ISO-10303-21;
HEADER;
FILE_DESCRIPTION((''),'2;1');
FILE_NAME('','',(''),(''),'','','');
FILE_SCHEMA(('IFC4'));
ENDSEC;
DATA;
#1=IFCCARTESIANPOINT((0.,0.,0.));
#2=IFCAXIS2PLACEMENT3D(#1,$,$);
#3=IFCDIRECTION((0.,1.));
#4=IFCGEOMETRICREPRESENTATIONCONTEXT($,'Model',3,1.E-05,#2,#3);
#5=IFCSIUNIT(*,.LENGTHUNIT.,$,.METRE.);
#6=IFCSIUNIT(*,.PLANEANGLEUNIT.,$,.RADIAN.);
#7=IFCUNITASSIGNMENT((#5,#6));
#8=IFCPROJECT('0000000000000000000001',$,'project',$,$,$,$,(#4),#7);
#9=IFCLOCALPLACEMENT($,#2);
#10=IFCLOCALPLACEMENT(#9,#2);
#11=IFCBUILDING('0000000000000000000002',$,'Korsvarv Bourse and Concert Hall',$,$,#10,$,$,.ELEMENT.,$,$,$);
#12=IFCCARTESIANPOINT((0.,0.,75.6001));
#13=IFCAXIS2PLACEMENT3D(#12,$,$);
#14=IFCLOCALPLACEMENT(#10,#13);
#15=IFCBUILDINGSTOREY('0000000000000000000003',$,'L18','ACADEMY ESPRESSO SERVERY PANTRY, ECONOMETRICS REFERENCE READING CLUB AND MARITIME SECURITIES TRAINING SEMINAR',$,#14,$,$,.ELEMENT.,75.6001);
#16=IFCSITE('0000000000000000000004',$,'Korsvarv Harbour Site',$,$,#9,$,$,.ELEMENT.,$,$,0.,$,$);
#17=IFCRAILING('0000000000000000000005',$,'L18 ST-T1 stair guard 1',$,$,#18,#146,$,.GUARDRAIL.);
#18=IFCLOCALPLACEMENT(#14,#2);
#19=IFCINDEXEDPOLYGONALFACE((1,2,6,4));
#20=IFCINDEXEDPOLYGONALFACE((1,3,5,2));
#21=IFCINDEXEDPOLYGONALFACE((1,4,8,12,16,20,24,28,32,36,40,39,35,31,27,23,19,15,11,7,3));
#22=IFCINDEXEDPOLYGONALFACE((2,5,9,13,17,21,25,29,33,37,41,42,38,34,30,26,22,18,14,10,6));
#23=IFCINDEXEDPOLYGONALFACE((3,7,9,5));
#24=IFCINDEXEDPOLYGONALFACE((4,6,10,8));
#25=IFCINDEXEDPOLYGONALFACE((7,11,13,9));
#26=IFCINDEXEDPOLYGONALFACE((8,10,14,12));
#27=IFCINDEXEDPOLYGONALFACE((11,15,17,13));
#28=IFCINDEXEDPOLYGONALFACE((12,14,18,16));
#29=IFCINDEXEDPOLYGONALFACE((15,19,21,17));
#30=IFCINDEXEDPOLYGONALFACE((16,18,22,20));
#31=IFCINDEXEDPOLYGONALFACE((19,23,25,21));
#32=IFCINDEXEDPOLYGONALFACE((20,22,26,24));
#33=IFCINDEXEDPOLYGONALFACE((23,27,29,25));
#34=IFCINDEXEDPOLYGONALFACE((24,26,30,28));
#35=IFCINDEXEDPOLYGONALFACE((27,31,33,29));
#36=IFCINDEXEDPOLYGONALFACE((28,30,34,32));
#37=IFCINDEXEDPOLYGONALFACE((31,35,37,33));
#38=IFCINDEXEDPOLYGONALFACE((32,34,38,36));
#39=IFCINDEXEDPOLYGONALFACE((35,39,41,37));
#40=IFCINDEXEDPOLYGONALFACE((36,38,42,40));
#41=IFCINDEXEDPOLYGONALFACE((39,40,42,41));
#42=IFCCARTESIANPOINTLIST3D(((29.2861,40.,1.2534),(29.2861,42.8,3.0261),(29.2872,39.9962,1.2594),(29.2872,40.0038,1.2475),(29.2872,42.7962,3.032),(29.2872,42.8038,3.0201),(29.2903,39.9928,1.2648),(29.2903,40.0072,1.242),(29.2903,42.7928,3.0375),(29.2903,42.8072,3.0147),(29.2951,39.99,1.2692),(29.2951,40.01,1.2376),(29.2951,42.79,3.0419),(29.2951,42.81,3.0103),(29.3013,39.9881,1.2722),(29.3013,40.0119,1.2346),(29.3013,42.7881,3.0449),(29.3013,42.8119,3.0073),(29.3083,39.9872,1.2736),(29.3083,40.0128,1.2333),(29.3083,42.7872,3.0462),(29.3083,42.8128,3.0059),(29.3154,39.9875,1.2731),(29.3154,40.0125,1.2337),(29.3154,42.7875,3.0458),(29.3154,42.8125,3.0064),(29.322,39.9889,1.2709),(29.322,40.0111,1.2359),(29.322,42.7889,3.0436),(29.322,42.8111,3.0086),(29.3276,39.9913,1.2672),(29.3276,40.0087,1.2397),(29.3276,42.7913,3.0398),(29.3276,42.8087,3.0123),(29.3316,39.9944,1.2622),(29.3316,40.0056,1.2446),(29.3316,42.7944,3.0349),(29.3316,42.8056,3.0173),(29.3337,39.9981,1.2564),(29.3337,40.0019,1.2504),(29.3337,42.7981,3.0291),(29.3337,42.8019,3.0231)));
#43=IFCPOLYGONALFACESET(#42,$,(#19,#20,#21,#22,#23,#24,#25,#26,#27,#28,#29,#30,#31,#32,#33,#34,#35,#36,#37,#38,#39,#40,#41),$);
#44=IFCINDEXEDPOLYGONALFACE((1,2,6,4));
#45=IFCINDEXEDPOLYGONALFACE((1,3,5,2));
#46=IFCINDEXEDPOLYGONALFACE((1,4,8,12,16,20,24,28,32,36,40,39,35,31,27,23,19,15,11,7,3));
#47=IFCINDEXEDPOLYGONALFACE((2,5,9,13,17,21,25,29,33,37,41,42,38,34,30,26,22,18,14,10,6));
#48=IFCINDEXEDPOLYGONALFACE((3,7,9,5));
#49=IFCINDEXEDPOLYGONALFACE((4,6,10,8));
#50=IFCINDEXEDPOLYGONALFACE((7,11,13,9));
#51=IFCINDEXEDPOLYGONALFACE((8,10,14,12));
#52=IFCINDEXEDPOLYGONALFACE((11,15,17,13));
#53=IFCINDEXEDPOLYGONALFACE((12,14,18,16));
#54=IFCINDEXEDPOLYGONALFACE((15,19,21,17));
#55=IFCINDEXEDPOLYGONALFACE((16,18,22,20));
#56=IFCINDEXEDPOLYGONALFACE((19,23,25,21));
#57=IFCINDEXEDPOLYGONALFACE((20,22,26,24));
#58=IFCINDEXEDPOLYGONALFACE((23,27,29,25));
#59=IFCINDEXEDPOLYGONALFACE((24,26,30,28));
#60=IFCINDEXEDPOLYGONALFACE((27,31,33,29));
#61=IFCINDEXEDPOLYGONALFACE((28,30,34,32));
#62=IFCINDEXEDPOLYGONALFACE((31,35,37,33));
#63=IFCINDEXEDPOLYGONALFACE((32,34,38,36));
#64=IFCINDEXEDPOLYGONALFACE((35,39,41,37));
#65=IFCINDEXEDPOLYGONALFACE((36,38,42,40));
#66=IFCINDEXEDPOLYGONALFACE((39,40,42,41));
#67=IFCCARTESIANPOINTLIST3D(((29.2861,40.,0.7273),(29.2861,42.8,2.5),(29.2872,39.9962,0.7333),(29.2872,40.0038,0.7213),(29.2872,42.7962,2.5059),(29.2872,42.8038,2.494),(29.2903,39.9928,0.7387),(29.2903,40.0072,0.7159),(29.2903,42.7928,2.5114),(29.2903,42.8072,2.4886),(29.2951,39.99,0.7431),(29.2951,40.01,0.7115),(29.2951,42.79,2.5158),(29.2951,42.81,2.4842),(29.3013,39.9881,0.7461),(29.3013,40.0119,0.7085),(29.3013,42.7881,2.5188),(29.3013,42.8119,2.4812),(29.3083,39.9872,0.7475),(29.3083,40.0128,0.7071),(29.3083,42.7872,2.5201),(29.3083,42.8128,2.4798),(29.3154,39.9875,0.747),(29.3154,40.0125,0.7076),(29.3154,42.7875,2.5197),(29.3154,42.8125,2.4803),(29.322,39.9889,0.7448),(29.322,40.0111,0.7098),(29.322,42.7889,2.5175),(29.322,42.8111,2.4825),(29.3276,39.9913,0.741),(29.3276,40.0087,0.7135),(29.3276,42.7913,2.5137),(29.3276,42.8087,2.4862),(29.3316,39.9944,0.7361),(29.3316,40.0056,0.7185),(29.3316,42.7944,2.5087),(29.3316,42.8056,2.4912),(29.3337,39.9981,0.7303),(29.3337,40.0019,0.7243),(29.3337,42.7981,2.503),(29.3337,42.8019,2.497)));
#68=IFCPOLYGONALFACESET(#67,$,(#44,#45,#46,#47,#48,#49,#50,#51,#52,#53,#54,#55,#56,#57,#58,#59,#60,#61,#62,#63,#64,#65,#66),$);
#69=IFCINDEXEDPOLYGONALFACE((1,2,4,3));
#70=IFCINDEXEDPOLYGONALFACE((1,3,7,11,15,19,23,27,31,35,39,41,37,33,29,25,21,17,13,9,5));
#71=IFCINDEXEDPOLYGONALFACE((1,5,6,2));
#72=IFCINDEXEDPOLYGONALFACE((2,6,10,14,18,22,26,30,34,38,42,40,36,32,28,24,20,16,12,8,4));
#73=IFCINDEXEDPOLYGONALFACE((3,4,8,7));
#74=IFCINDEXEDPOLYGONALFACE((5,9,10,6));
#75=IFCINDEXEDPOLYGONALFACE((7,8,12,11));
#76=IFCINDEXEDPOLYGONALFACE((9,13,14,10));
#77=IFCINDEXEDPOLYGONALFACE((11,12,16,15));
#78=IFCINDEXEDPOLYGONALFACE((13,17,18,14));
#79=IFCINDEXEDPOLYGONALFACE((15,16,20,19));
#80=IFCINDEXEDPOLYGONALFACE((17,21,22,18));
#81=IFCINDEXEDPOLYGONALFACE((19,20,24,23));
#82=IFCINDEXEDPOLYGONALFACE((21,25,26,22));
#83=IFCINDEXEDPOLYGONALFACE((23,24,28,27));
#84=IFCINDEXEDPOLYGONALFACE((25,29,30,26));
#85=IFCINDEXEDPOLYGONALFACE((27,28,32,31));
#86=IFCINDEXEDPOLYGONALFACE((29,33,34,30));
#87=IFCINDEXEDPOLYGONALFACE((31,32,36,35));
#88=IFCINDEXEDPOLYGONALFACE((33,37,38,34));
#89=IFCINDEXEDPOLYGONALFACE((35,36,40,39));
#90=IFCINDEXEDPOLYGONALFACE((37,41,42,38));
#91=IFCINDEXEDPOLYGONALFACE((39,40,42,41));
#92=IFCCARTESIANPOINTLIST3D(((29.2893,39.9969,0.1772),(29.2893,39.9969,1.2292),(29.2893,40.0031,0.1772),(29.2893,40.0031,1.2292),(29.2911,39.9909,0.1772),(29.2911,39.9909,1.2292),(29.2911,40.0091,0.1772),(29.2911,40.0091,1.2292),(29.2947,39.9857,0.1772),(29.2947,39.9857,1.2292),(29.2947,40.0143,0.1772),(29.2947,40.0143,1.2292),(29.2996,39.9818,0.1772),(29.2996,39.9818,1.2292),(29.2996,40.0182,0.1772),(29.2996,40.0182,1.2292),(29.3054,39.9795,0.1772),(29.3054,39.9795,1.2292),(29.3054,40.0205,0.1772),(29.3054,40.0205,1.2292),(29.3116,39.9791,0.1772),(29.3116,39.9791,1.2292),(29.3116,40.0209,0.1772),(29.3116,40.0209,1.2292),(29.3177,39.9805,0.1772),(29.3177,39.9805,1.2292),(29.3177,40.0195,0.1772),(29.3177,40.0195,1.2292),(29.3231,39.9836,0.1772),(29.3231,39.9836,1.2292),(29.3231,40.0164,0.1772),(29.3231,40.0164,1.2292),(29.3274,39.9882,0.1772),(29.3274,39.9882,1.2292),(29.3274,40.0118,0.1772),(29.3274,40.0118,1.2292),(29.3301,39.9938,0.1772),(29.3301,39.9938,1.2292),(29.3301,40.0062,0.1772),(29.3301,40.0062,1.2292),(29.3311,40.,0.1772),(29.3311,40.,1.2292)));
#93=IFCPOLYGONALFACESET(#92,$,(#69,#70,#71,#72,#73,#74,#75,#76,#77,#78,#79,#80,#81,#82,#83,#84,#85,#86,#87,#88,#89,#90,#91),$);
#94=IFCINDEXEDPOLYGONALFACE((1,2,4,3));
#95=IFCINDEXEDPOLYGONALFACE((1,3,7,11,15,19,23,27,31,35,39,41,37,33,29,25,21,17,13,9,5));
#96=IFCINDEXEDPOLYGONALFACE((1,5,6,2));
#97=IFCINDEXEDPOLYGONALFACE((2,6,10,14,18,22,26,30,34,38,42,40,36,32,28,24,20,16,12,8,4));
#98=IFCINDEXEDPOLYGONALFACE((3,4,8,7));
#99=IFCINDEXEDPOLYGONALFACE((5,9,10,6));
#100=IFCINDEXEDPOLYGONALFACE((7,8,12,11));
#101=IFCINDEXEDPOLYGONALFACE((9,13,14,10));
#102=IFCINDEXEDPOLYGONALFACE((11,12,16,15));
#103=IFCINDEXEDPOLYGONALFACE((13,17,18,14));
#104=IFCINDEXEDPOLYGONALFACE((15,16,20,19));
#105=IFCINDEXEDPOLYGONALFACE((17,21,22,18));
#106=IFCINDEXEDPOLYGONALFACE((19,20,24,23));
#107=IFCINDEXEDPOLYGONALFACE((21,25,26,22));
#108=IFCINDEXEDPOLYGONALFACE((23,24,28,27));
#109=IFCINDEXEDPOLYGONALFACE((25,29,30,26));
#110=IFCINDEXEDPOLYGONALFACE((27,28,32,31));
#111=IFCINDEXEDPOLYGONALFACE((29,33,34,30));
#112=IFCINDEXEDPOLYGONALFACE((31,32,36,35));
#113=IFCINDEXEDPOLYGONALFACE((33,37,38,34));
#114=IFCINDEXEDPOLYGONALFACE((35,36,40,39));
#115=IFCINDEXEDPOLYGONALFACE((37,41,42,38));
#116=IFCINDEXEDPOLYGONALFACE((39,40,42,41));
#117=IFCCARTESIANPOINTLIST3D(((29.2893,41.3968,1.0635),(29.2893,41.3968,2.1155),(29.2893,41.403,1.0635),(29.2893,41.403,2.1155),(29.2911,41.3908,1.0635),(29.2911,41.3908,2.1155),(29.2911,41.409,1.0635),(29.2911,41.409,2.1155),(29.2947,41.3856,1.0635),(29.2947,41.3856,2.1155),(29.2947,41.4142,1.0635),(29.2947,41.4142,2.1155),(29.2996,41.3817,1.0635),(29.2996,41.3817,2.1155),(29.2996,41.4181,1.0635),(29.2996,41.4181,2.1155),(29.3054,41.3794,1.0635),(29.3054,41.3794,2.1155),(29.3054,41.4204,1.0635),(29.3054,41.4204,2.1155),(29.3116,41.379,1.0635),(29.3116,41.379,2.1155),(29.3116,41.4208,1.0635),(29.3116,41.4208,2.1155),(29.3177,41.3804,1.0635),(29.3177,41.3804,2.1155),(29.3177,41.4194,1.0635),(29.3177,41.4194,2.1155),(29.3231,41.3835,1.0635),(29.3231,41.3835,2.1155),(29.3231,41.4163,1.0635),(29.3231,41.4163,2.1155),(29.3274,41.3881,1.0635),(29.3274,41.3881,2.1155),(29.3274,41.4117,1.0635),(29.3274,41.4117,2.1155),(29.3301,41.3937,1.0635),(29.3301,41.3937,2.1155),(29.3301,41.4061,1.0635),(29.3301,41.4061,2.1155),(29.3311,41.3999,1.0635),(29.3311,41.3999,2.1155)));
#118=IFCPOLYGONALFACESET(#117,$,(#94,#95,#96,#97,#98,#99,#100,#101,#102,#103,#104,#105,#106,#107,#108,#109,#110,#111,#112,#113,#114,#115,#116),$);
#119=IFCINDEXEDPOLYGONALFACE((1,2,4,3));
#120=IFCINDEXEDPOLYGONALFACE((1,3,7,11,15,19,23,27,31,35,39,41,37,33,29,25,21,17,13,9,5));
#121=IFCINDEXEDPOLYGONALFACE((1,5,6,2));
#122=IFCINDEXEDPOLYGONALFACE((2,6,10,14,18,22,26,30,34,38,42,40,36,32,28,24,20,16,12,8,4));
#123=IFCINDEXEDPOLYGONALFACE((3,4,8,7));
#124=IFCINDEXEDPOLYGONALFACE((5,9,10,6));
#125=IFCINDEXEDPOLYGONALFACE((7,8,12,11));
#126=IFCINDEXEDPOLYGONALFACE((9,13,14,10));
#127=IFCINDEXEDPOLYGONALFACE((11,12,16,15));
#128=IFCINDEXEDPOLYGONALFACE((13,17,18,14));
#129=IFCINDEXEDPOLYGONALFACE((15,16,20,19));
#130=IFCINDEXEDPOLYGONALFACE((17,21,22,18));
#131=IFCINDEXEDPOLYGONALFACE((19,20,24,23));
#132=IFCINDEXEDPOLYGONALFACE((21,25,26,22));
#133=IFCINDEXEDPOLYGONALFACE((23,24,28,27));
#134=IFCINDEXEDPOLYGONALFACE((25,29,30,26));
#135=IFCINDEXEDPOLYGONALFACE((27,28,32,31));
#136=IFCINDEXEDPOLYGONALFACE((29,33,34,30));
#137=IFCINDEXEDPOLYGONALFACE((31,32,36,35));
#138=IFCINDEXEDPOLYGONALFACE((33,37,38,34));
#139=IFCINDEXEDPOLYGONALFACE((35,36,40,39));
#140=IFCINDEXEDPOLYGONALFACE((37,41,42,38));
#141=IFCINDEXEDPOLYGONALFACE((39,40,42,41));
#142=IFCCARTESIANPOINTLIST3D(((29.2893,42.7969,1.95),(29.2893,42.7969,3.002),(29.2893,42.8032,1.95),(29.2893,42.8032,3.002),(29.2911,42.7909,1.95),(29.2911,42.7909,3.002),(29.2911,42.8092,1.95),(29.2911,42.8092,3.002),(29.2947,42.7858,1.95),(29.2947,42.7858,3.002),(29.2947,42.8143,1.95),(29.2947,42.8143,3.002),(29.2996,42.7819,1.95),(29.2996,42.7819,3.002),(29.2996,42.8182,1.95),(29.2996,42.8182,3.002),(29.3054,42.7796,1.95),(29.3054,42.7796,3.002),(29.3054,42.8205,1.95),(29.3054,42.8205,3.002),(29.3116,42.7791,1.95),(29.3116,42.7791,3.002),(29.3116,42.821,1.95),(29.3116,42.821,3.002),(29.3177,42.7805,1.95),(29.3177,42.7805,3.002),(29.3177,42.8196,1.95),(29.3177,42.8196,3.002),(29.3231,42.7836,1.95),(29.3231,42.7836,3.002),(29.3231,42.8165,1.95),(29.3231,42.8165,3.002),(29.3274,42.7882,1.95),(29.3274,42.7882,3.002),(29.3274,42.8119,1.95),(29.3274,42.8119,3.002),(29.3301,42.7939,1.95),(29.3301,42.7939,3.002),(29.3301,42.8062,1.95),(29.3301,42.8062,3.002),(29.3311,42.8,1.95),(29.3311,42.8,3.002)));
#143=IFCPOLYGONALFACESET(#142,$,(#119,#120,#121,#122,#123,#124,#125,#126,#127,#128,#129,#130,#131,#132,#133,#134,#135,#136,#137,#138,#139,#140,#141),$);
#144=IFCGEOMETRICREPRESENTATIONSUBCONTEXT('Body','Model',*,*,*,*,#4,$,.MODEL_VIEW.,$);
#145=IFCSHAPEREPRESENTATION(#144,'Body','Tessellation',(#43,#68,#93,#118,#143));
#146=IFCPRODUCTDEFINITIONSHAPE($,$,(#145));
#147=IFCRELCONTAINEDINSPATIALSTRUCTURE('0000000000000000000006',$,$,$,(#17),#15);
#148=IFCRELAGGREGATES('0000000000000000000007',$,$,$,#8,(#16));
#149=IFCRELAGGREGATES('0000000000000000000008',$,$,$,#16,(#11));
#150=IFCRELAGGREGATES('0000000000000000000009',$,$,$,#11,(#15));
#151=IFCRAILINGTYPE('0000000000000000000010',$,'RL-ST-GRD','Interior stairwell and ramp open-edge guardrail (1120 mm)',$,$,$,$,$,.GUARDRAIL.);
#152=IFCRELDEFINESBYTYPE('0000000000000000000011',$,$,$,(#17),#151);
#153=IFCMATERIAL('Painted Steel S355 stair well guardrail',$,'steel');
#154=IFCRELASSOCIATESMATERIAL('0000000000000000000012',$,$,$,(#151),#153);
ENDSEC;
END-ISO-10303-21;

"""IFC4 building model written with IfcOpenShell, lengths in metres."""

from ifc_helpers import new_model, si_unit, direction, frame, origin, origin_2d, place, context, subcontext, project, spatial, circle, extrude, material, type_object, element, save


model = new_model("IFC4")

# Units and contexts
model_context = context("Model", 3, precision=1e-05, world=origin(), true_north=direction((0.0, 1.0)))
body_context = subcontext(model_context, "Body", "Model", "MODEL_VIEW")
ifc_project = project(units=[si_unit("LENGTHUNIT", "METRE"), si_unit("PLANEANGLEUNIT", "RADIAN")], contexts=[model_context])

# Site, building, storey
site_placement = place(None, origin())
site = spatial("IfcSite", under=ifc_project, at=site_placement, Name="Korsvarv Harbour Site", CompositionType="ELEMENT", RefElevation=0.0)
building_placement = place(site_placement, origin())
building = spatial("IfcBuilding", under=site, at=building_placement, Name="Korsvarv Bourse and Concert Hall", CompositionType="ELEMENT")
storey_placement = place(building_placement, frame((0.0, 0.0, 75.6001)))
storey = spatial("IfcBuildingStorey", under=building, at=storey_placement, Name="L18", Description="ACADEMY ESPRESSO SERVERY PANTRY, ECONOMETRICS REFERENCE READING CLUB AND MARITIME SECURITIES TRAINING SEMINAR", CompositionType="ELEMENT", Elevation=75.6001)

# Railing
ifc_material_1 = material(Name="Painted Steel S355 stair well guardrail", Category="steel")
railing_type = type_object("IfcRailingType", Name="RL-ST-GRD", Description="Interior stairwell and ramp open-edge guardrail (1120 mm)", PredefinedType="GUARDRAIL", material=ifc_material_1)
railing_1_placement = place(storey_placement, frame((29.3101, 40.0, 0.1772)))
element("IfcRailing", 1, at=railing_1_placement, inside=storey, type_object=railing_type, Name="L18 ST-T1 stair guard 1", PredefinedType="GUARDRAIL", context=body_context, shape_type="SweptSolid", body=[
    extrude(circle(Radius=0.0239, at=origin_2d()), frame((0.0, 0.0, 1.0762), z_axis=(0.0, 0.844909, 0.53491), x_axis=(-1.0, 0.0, 0.0)), (0.0, 0.0, 1.0), 3.314),
    extrude(circle(Radius=0.0239, at=origin_2d()), frame((0.0, 0.0, 0.55), z_axis=(0.0, 0.844909, 0.53491), x_axis=(-1.0, 0.0, 0.0)), (0.0, 0.0, 1.0), 3.314),
    extrude(circle(Radius=0.021, at=origin_2d()), origin(), (0.0, 0.0, 1.0), 1.052),
    extrude(circle(Radius=0.021, at=origin_2d()), frame((0.0, 1.3999, 0.8862)), (0.0, 0.0, 1.0), 1.052),
    extrude(circle(Radius=0.021, at=origin_2d()), frame((0.0, 2.8, 1.7727)), (0.0, 0.0, 1.0), 1.052),
])

save(model, "model.ifc")
